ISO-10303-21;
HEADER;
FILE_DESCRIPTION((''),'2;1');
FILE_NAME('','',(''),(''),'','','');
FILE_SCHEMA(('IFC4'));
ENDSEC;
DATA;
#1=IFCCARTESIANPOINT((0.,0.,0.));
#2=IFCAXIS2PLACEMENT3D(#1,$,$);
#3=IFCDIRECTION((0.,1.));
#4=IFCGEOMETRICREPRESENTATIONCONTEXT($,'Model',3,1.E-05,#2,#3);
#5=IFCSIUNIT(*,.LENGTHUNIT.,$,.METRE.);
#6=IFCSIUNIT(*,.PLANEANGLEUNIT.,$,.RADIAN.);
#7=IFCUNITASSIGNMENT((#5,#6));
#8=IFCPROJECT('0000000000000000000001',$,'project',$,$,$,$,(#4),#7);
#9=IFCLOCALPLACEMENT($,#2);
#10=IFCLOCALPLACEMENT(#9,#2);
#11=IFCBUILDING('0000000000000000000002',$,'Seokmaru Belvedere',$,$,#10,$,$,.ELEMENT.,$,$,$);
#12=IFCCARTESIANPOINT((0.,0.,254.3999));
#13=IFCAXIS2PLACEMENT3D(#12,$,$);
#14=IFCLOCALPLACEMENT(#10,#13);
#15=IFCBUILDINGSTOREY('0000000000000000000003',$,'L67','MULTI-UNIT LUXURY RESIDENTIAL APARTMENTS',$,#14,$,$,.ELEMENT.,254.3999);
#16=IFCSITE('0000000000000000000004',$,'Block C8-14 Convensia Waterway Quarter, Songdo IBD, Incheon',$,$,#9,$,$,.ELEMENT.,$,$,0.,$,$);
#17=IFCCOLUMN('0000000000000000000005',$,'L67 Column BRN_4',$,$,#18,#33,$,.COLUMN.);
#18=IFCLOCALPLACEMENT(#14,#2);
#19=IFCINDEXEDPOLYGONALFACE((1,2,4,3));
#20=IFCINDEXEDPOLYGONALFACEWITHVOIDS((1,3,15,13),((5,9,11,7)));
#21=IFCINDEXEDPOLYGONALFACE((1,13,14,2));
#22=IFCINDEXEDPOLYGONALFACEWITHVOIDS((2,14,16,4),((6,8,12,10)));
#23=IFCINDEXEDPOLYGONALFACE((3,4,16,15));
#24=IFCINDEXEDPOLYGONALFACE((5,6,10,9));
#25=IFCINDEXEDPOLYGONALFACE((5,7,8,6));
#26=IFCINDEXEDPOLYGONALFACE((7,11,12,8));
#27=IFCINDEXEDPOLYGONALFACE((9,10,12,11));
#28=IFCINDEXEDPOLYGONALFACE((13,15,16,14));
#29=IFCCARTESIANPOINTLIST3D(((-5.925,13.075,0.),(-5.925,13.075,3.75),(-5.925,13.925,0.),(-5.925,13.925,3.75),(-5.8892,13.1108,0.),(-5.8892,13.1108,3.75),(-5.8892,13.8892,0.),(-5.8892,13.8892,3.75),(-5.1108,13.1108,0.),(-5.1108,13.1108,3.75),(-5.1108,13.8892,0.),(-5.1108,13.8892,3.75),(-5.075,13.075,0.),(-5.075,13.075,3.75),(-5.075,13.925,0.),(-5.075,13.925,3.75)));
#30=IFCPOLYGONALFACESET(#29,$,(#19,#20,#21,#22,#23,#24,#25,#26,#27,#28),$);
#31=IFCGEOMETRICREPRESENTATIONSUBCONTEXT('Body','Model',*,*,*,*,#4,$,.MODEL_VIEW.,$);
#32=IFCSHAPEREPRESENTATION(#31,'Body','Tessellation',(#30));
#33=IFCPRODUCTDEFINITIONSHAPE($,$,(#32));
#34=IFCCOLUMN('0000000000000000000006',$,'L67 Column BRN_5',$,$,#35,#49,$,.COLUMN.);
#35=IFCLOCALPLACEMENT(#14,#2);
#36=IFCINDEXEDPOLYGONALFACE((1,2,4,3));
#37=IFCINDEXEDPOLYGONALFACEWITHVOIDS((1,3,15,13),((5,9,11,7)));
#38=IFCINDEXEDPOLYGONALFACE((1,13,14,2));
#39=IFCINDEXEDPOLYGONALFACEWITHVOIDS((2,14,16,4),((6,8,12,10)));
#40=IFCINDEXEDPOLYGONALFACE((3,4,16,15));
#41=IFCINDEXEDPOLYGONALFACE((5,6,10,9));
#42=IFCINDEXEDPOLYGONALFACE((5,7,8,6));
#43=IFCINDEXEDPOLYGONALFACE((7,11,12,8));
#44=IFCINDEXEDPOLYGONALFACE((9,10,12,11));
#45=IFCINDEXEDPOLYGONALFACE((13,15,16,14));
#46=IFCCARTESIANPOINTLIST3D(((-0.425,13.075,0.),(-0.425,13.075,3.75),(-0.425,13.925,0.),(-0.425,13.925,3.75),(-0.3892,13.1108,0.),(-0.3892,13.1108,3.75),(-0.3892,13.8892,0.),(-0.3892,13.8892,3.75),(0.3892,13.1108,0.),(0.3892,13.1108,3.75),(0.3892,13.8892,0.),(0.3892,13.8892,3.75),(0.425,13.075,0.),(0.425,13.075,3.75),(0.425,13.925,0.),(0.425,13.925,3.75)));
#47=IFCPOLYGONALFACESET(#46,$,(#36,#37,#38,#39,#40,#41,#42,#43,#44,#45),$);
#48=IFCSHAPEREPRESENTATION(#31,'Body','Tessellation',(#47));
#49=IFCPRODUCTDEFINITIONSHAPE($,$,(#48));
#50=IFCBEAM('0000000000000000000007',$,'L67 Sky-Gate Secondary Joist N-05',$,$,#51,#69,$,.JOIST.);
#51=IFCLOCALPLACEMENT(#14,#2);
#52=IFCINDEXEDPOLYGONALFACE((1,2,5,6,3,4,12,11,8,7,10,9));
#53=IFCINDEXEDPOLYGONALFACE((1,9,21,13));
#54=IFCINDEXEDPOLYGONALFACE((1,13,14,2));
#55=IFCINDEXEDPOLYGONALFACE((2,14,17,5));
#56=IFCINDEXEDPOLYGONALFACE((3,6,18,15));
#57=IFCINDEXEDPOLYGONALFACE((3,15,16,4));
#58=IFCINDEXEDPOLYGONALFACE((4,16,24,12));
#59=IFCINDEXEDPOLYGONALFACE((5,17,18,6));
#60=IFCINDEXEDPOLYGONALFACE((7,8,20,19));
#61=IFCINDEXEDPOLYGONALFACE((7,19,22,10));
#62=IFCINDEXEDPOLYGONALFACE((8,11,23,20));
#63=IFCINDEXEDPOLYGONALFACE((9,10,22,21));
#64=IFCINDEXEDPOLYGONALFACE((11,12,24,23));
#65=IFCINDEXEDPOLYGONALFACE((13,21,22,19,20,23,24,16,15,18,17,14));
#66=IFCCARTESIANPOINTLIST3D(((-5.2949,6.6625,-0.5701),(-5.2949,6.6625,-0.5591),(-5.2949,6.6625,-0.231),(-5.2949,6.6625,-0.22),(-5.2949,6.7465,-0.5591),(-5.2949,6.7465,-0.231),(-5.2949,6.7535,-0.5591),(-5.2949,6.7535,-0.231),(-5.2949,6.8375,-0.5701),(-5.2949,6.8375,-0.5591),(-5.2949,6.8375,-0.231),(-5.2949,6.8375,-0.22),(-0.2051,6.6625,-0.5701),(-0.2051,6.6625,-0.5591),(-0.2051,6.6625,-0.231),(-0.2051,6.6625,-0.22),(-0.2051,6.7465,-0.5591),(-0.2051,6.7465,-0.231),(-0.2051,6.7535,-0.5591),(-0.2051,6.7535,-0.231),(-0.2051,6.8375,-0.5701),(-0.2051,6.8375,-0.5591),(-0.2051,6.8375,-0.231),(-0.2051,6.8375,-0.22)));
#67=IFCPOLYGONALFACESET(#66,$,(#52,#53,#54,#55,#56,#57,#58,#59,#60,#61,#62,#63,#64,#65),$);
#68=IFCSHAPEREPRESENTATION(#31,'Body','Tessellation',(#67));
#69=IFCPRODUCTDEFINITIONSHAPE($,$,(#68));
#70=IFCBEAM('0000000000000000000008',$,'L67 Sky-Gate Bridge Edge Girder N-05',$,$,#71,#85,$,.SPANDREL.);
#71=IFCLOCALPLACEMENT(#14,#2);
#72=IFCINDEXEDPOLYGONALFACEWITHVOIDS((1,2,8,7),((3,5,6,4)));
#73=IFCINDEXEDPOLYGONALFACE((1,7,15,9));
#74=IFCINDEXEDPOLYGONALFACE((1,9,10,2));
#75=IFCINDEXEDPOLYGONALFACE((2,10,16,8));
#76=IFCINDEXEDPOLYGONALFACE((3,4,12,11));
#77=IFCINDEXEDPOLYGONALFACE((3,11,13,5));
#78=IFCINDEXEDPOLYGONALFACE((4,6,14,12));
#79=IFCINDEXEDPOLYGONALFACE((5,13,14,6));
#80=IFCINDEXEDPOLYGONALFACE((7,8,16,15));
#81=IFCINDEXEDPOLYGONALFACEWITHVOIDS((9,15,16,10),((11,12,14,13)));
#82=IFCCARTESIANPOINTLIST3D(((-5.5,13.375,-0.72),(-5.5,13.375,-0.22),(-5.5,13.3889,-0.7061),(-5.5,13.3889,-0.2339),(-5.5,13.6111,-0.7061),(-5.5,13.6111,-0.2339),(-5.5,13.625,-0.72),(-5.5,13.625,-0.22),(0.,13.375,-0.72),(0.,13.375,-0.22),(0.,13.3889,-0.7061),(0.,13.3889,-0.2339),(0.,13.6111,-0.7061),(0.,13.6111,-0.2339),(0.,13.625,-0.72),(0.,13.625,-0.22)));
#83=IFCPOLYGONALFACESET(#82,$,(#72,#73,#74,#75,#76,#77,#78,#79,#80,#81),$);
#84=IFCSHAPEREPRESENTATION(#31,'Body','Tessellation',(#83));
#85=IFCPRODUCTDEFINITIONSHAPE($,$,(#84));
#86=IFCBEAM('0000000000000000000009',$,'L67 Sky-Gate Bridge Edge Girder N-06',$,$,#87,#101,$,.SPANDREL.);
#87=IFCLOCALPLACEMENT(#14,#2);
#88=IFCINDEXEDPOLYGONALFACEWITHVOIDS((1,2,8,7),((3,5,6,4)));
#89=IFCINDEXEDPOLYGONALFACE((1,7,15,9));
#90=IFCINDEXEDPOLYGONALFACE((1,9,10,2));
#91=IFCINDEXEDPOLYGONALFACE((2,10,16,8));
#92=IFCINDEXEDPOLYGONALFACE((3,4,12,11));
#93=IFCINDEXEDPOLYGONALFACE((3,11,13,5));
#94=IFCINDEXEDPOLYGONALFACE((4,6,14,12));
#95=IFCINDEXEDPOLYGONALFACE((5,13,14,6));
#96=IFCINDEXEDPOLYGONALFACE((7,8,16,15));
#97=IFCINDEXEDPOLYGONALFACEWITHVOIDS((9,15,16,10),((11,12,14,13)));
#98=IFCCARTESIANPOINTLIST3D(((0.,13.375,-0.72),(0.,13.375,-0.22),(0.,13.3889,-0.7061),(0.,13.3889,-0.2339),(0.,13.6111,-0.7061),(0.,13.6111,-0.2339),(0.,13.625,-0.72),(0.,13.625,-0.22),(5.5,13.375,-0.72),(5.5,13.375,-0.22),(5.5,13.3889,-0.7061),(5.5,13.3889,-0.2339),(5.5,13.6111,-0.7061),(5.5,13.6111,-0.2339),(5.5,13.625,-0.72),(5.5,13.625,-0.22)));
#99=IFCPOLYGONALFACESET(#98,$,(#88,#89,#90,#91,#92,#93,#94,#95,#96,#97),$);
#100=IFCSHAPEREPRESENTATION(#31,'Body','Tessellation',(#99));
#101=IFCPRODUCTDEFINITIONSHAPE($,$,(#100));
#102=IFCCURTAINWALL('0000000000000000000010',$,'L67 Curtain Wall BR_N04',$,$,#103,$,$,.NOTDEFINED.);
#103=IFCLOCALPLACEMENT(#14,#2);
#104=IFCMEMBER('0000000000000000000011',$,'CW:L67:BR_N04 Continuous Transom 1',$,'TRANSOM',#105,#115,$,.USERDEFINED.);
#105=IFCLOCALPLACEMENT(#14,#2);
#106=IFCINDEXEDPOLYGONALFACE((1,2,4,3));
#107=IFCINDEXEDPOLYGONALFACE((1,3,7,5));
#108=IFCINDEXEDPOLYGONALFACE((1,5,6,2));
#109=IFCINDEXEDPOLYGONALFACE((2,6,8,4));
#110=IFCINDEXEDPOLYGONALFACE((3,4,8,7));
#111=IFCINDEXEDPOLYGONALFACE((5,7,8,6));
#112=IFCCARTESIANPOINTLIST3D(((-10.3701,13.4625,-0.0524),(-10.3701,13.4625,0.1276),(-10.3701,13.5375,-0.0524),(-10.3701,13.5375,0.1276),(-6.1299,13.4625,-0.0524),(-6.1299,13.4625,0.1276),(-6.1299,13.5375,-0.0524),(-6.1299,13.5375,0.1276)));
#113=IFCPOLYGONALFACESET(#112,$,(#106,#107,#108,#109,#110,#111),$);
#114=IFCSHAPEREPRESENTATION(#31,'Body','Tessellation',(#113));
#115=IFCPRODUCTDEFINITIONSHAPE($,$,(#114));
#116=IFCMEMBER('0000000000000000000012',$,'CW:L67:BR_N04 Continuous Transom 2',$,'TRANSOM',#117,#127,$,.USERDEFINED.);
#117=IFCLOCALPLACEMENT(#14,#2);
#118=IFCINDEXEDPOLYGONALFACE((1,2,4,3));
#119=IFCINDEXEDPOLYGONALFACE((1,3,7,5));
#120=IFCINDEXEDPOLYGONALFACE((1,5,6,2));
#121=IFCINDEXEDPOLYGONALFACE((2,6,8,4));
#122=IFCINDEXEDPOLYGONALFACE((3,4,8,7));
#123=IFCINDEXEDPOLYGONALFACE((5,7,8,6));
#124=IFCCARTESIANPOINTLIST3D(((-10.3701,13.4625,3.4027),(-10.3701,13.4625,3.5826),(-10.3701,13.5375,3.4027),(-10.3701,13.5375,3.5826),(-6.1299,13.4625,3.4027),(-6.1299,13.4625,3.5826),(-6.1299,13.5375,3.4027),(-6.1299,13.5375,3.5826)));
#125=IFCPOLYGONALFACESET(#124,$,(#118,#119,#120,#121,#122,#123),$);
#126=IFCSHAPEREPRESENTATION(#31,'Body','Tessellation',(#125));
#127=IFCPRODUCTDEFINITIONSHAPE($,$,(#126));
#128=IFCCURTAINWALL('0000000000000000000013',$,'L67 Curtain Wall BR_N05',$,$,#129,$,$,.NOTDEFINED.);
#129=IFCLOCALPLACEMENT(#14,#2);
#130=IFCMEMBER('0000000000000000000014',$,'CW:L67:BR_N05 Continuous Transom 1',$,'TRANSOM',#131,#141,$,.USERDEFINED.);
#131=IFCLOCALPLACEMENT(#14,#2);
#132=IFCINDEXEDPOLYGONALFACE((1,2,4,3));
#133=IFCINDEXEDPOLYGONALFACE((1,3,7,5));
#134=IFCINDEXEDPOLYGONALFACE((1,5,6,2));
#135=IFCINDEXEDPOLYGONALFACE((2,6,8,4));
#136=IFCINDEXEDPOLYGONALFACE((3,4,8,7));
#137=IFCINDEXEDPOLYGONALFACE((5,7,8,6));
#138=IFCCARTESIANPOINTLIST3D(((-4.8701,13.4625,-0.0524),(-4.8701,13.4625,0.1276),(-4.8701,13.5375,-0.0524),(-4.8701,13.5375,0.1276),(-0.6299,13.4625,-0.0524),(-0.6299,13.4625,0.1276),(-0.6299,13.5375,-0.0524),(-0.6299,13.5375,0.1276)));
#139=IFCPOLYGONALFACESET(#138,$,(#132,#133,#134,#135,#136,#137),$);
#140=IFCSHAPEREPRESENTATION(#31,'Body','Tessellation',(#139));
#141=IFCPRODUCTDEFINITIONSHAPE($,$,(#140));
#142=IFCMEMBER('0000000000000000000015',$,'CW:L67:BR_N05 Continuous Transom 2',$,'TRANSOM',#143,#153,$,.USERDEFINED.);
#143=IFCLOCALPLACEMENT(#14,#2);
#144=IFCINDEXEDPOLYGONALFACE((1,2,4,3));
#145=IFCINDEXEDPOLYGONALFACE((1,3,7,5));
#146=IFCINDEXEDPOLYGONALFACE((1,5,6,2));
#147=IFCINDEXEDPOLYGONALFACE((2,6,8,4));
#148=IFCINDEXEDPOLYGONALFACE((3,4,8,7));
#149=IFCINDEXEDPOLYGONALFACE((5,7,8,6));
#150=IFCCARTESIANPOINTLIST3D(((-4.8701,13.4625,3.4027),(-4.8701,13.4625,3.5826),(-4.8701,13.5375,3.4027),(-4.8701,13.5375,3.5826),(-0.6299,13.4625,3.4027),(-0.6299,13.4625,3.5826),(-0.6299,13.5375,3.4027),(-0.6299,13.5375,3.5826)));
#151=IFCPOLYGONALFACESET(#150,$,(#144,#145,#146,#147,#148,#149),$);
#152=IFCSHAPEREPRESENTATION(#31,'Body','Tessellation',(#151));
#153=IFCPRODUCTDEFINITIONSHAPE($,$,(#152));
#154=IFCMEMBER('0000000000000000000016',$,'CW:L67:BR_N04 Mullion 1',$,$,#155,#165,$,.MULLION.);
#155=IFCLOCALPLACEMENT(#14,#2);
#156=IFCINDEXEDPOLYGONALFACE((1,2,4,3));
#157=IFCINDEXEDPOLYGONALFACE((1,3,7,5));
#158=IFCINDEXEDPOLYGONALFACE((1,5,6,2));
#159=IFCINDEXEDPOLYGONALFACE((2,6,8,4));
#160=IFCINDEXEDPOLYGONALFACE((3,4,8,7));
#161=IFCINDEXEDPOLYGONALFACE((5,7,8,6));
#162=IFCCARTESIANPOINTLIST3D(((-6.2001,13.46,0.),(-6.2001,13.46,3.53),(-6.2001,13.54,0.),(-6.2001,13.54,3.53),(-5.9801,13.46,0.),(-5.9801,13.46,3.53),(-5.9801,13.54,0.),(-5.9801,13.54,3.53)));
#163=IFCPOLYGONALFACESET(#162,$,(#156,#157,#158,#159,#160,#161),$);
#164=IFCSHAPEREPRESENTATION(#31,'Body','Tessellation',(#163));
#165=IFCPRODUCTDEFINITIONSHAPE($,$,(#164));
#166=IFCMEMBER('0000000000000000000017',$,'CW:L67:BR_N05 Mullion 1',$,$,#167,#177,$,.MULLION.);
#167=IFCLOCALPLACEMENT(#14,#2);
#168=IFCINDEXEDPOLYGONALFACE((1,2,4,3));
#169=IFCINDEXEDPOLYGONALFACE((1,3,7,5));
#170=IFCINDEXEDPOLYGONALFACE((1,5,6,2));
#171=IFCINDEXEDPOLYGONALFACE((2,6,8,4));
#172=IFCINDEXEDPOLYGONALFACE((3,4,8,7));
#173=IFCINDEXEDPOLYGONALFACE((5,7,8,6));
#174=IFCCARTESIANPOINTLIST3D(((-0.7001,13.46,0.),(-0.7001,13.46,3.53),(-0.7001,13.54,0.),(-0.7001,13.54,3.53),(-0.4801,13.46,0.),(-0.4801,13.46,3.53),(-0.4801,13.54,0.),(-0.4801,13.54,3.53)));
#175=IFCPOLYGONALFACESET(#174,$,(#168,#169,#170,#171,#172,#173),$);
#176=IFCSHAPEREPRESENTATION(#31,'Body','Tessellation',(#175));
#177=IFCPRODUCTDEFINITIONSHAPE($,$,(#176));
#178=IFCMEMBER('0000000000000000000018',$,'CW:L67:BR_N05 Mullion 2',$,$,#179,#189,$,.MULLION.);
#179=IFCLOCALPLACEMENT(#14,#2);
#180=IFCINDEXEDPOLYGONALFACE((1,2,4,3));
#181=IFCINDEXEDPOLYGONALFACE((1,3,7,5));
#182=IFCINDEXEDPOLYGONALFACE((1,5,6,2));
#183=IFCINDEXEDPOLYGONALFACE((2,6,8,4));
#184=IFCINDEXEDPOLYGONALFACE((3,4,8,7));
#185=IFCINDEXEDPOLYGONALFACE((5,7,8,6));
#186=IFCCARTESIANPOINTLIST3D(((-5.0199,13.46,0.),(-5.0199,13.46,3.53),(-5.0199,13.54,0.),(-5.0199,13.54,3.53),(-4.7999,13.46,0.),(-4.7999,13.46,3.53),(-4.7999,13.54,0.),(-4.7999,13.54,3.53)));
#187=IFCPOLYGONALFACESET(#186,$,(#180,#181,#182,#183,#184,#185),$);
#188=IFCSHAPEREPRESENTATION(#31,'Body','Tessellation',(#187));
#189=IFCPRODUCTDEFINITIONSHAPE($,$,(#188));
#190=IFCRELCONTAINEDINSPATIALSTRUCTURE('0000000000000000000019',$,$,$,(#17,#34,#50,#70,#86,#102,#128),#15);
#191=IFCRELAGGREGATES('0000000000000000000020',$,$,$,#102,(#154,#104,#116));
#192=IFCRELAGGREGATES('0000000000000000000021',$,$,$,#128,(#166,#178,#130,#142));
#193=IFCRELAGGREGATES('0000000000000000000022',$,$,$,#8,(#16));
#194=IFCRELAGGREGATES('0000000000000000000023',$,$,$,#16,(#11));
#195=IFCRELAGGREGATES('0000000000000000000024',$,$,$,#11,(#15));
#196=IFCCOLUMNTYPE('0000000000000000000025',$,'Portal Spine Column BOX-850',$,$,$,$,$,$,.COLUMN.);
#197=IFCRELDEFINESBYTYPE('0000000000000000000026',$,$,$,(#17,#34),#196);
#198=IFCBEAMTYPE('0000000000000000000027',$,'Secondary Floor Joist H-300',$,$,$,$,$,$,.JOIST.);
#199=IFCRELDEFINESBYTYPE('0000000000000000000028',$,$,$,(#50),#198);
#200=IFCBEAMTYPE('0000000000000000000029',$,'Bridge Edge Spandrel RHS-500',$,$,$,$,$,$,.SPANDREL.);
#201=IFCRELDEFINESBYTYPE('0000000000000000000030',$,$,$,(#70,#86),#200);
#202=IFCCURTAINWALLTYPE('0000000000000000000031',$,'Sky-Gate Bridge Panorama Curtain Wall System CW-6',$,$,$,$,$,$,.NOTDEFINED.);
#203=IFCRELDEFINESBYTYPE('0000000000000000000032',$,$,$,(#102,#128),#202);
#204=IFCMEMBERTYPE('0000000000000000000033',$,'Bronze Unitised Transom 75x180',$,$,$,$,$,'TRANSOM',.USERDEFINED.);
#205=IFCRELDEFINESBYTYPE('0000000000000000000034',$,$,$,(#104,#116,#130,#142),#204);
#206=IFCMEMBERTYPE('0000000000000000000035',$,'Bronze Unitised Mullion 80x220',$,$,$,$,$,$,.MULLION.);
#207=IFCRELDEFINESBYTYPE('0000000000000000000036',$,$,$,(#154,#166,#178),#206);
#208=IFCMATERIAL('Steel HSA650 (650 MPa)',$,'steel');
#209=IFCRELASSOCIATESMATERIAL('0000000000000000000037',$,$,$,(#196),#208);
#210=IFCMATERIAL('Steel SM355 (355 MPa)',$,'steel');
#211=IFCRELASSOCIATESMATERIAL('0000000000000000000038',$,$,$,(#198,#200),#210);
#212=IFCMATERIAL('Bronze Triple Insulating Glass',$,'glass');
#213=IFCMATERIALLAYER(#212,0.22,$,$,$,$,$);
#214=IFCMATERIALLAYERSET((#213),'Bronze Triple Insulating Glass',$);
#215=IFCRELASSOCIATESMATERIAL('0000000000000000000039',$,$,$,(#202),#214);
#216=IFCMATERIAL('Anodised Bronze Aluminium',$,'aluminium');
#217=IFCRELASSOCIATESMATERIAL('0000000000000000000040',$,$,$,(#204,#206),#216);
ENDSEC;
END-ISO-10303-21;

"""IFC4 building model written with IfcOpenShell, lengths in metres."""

from ifc_helpers import new_model, si_unit, direction, frame, origin, origin_2d, place, context, subcontext, project, spatial, rectangle, hollow_rectangle, i_section, extrude, source, transform, mapped, material, layer, layer_set, material_profile, profile_set, type_object, type_shapes, element, aggregate, save


model = new_model("IFC4")

# Units and contexts
model_context = context("Model", 3, precision=1e-05, world=origin(), true_north=direction((0.0, 1.0)))
body_context = subcontext(model_context, "Body", "Model", "MODEL_VIEW")
ifc_project = project(units=[si_unit("LENGTHUNIT", "METRE"), si_unit("PLANEANGLEUNIT", "RADIAN")], contexts=[model_context])

# Site, building, storey
site_placement = place(None, origin())
site = spatial("IfcSite", under=ifc_project, at=site_placement, Name="Block C8-14 Convensia Waterway Quarter, Songdo IBD, Incheon", CompositionType="ELEMENT", RefElevation=0.0)
building_placement = place(site_placement, origin())
building = spatial("IfcBuilding", under=site, at=building_placement, Name="Seokmaru Belvedere", CompositionType="ELEMENT")
storey_placement = place(building_placement, frame((0.0, 0.0, 254.3999)))
storey = spatial("IfcBuildingStorey", under=building, at=storey_placement, Name="L67", Description="MULTI-UNIT LUXURY RESIDENTIAL APARTMENTS", CompositionType="ELEMENT", Elevation=254.3999)

# Columns
ifc_material_1 = material(Name="Steel HSA650 (650 MPa)", Category="steel")
ifc_material_profile_1 = material_profile(ifc_material_1, hollow_rectangle(XDim=0.8501, YDim=0.8501, WallThickness=0.0359, at=origin_2d()), Name="BOX-850x850x36")
ifc_profile_set_1 = profile_set([ifc_material_profile_1], Name="Steel HSA650 (650 MPa)")
column_type = type_object("IfcColumnType", Name="Portal Spine Column BOX-850", PredefinedType="COLUMN", material=ifc_profile_set_1)
shared_shape_1 = source(origin(), body_context, "Body", "SweptSolid", [
    extrude(hollow_rectangle(XDim=0.8501, YDim=0.8501, WallThickness=0.0359, at=origin_2d()), origin(), (0.0, 0.0, 1.0), 3.75),
])
type_shapes(column_type, [shared_shape_1])
for number, where, z_axis, x_axis, name in (
    (1, (-5.5, 13.5, 0.0), (0.0, 0.0, 1.0), (1.0, 0.0, 0.0), "L67 Column BRN_4"),
    (2, (0.0, 13.5, 0.0), (0.0, 0.0, 1.0), (1.0, 0.0, 0.0), "L67 Column BRN_5"),
):
    element("IfcColumn", number, at=place(storey_placement, frame(where, z_axis=z_axis, x_axis=x_axis)), inside=storey, type_object=column_type, Name=name, PredefinedType="COLUMN", context=body_context, shape_type="MappedRepresentation", body=[
        mapped(shared_shape_1, transform((0.0, 0.0, 0.0), scale=1.0)),
    ])

# Beams
ifc_material_2 = material(Name="Steel SM355 (355 MPa)", Category="steel")
ifc_material_profile_2 = material_profile(ifc_material_2, i_section(OverallWidth=0.175, OverallDepth=0.3501, WebThickness=0.0071, FlangeThickness=0.011, at=origin_2d()), Name="H-350x175x7x11")
ifc_profile_set_2 = profile_set([ifc_material_profile_2], Name="Steel SM355 (355 MPa)")
beam_type_1 = type_object("IfcBeamType", Name="Secondary Floor Joist H-300", PredefinedType="JOIST", material=ifc_profile_set_2)
shared_shape_2 = source(origin(), body_context, "Body", "SweptSolid", [
    extrude(i_section(OverallWidth=0.175, OverallDepth=0.3501, WebThickness=0.0071, FlangeThickness=0.011, at=origin_2d()), origin(), (0.0, 0.0, 1.0), 5.0898),
])
type_shapes(beam_type_1, [shared_shape_2])
beam_placement = place(storey_placement, frame((-5.2949, 6.75, -0.395), z_axis=(1.0, 0.0, 0.0), x_axis=(0.0, 1.0, 0.0)))
element("IfcBeam", 3, at=beam_placement, inside=storey, type_object=beam_type_1, Name="L67 Sky-Gate Secondary Joist N-05", PredefinedType="JOIST", context=body_context, shape_type="MappedRepresentation", body=[
    mapped(shared_shape_2, transform((0.0, 0.0, 0.0), scale=1.0)),
])
ifc_material_profile_3 = material_profile(ifc_material_2, hollow_rectangle(XDim=0.25, YDim=0.5, WallThickness=0.0139, at=origin_2d()), Name="RHS-500x250x14")
ifc_profile_set_3 = profile_set([ifc_material_profile_3], Name="Steel SM355 (355 MPa)")
beam_type_2 = type_object("IfcBeamType", Name="Bridge Edge Spandrel RHS-500", PredefinedType="SPANDREL", material=ifc_profile_set_3)
shared_shape_3 = source(origin(), body_context, "Body", "SweptSolid", [
    extrude(hollow_rectangle(XDim=0.25, YDim=0.5, WallThickness=0.0139, at=origin_2d()), origin(), (0.0, 0.0, 1.0), 5.5),
])
type_shapes(beam_type_2, [shared_shape_3])
for number, where, z_axis, x_axis, name in (
    (4, (-5.5, 13.5, -0.47), (1.0, 0.0, 0.0), (0.0, 1.0, 0.0), "L67 Sky-Gate Bridge Edge Girder N-05"),
    (5, (0.0, 13.5, -0.47), (1.0, 0.0, 0.0), (0.0, 1.0, 0.0), "L67 Sky-Gate Bridge Edge Girder N-06"),
):
    element("IfcBeam", number, at=place(storey_placement, frame(where, z_axis=z_axis, x_axis=x_axis)), inside=storey, type_object=beam_type_2, Name=name, PredefinedType="SPANDREL", context=body_context, shape_type="MappedRepresentation", body=[
        mapped(shared_shape_3, transform((0.0, 0.0, 0.0), scale=1.0)),
    ])

# Curtain walls, members
ifc_material_3 = material(Name="Bronze Triple Insulating Glass", Category="glass")
ifc_layer_1 = layer(ifc_material_3, 0.22)
ifc_layer_set_1 = layer_set([ifc_layer_1], Name="Bronze Triple Insulating Glass")
curtain_wall_type = type_object("IfcCurtainWallType", Name="Sky-Gate Bridge Panorama Curtain Wall System CW-6", PredefinedType="NOTDEFINED", material=ifc_layer_set_1)
curtain_wall_1_placement = place(storey_placement, origin())
curtain_wall_1 = element("IfcCurtainWall", 6, at=curtain_wall_1_placement, inside=storey, type_object=curtain_wall_type, Name="L67 Curtain Wall BR_N04", PredefinedType="NOTDEFINED")
ifc_material_4 = material(Name="Anodised Bronze Aluminium", Category="aluminium")
ifc_material_profile_4 = material_profile(ifc_material_4, rectangle(XDim=0.075, YDim=0.1799, at=origin_2d()), Name="CW-T-75x180")
ifc_profile_set_4 = profile_set([ifc_material_profile_4], Name="Anodised Bronze Aluminium")
member_type_1 = type_object("IfcMemberType", Name="Bronze Unitised Transom 75x180", ElementType="TRANSOM", PredefinedType="USERDEFINED", material=ifc_profile_set_4)
shared_shape_4 = source(origin(), body_context, "Body", "SweptSolid", [
    extrude(rectangle(XDim=0.075, YDim=0.1799, at=origin_2d()), origin(), (0.0, 0.0, 1.0), 4.2402),
])
type_shapes(member_type_1, [shared_shape_4])
member_1_placement = place(storey_placement, frame((-6.1299, 13.5, 0.0376), z_axis=(-1.0, 0.0, 0.0), x_axis=(0.0, -1.0, 0.0)))
member_1 = element("IfcMember", 7, at=member_1_placement, type_object=member_type_1, Name="CW:L67:BR_N04 Continuous Transom 1", ObjectType="TRANSOM", PredefinedType="USERDEFINED", context=body_context, shape_type="MappedRepresentation", body=[
    mapped(shared_shape_4, transform((0.0, 0.0, 0.0), scale=1.0)),
])
member_2_placement = place(storey_placement, frame((-6.1299, 13.5, 3.4927), z_axis=(-1.0, 0.0, 0.0), x_axis=(0.0, -1.0, 0.0)))
member_2 = element("IfcMember", 8, at=member_2_placement, type_object=member_type_1, Name="CW:L67:BR_N04 Continuous Transom 2", ObjectType="TRANSOM", PredefinedType="USERDEFINED", context=body_context, shape_type="MappedRepresentation", body=[
    mapped(shared_shape_4, transform((0.0, 0.0, 0.0), scale=1.0)),
])
curtain_wall_2_placement = place(storey_placement, origin())
curtain_wall_2 = element("IfcCurtainWall", 9, at=curtain_wall_2_placement, inside=storey, type_object=curtain_wall_type, Name="L67 Curtain Wall BR_N05", PredefinedType="NOTDEFINED")
member_3_placement = place(storey_placement, frame((-0.6299, 13.5, 0.0376), z_axis=(-1.0, 0.0, 0.0), x_axis=(0.0, -1.0, 0.0)))
member_3 = element("IfcMember", 10, at=member_3_placement, type_object=member_type_1, Name="CW:L67:BR_N05 Continuous Transom 1", ObjectType="TRANSOM", PredefinedType="USERDEFINED", context=body_context, shape_type="MappedRepresentation", body=[
    mapped(shared_shape_4, transform((0.0, 0.0, 0.0), scale=1.0)),
])
member_4_placement = place(storey_placement, frame((-0.6299, 13.5, 3.4927), z_axis=(-1.0, 0.0, 0.0), x_axis=(0.0, -1.0, 0.0)))
member_4 = element("IfcMember", 11, at=member_4_placement, type_object=member_type_1, Name="CW:L67:BR_N05 Continuous Transom 2", ObjectType="TRANSOM", PredefinedType="USERDEFINED", context=body_context, shape_type="MappedRepresentation", body=[
    mapped(shared_shape_4, transform((0.0, 0.0, 0.0), scale=1.0)),
])

# Members
ifc_material_profile_5 = material_profile(ifc_material_4, rectangle(XDim=0.0801, YDim=0.22, at=origin_2d()), Name="CW-M-80x220")
ifc_profile_set_5 = profile_set([ifc_material_profile_5], Name="Anodised Bronze Aluminium")
member_type_2 = type_object("IfcMemberType", Name="Bronze Unitised Mullion 80x220", PredefinedType="MULLION", material=ifc_profile_set_5)
shared_shape_5 = source(origin(), body_context, "Body", "SweptSolid", [
    extrude(rectangle(XDim=0.0801, YDim=0.22, at=origin_2d()), origin(), (0.0, 0.0, 1.0), 3.53),
])
type_shapes(member_type_2, [shared_shape_5])
member_5_placement = place(storey_placement, frame((-6.0901, 13.5, 0.0), z_axis=(0.0, 0.0, 1.0), x_axis=(0.0, -1.0, 0.0)))
member_5 = element("IfcMember", 12, at=member_5_placement, type_object=member_type_2, Name="CW:L67:BR_N04 Mullion 1", PredefinedType="MULLION", context=body_context, shape_type="MappedRepresentation", body=[
    mapped(shared_shape_5, transform((0.0, 0.0, 0.0), scale=1.0)),
])
member_6_placement = place(storey_placement, frame((-0.5901, 13.5, 0.0), z_axis=(0.0, 0.0, 1.0), x_axis=(0.0, -1.0, 0.0)))
member_6 = element("IfcMember", 13, at=member_6_placement, type_object=member_type_2, Name="CW:L67:BR_N05 Mullion 1", PredefinedType="MULLION", context=body_context, shape_type="MappedRepresentation", body=[
    mapped(shared_shape_5, transform((0.0, 0.0, 0.0), scale=1.0)),
])
member_7_placement = place(storey_placement, frame((-4.9099, 13.5, 0.0), z_axis=(0.0, 0.0, 1.0), x_axis=(0.0, -1.0, 0.0)))
member_7 = element("IfcMember", 14, at=member_7_placement, type_object=member_type_2, Name="CW:L67:BR_N05 Mullion 2", PredefinedType="MULLION", context=body_context, shape_type="MappedRepresentation", body=[
    mapped(shared_shape_5, transform((0.0, 0.0, 0.0), scale=1.0)),
])

aggregate(curtain_wall_1, [member_5, member_1, member_2])
aggregate(curtain_wall_2, [member_6, member_7, member_3, member_4])

save(model, "model.ifc")
